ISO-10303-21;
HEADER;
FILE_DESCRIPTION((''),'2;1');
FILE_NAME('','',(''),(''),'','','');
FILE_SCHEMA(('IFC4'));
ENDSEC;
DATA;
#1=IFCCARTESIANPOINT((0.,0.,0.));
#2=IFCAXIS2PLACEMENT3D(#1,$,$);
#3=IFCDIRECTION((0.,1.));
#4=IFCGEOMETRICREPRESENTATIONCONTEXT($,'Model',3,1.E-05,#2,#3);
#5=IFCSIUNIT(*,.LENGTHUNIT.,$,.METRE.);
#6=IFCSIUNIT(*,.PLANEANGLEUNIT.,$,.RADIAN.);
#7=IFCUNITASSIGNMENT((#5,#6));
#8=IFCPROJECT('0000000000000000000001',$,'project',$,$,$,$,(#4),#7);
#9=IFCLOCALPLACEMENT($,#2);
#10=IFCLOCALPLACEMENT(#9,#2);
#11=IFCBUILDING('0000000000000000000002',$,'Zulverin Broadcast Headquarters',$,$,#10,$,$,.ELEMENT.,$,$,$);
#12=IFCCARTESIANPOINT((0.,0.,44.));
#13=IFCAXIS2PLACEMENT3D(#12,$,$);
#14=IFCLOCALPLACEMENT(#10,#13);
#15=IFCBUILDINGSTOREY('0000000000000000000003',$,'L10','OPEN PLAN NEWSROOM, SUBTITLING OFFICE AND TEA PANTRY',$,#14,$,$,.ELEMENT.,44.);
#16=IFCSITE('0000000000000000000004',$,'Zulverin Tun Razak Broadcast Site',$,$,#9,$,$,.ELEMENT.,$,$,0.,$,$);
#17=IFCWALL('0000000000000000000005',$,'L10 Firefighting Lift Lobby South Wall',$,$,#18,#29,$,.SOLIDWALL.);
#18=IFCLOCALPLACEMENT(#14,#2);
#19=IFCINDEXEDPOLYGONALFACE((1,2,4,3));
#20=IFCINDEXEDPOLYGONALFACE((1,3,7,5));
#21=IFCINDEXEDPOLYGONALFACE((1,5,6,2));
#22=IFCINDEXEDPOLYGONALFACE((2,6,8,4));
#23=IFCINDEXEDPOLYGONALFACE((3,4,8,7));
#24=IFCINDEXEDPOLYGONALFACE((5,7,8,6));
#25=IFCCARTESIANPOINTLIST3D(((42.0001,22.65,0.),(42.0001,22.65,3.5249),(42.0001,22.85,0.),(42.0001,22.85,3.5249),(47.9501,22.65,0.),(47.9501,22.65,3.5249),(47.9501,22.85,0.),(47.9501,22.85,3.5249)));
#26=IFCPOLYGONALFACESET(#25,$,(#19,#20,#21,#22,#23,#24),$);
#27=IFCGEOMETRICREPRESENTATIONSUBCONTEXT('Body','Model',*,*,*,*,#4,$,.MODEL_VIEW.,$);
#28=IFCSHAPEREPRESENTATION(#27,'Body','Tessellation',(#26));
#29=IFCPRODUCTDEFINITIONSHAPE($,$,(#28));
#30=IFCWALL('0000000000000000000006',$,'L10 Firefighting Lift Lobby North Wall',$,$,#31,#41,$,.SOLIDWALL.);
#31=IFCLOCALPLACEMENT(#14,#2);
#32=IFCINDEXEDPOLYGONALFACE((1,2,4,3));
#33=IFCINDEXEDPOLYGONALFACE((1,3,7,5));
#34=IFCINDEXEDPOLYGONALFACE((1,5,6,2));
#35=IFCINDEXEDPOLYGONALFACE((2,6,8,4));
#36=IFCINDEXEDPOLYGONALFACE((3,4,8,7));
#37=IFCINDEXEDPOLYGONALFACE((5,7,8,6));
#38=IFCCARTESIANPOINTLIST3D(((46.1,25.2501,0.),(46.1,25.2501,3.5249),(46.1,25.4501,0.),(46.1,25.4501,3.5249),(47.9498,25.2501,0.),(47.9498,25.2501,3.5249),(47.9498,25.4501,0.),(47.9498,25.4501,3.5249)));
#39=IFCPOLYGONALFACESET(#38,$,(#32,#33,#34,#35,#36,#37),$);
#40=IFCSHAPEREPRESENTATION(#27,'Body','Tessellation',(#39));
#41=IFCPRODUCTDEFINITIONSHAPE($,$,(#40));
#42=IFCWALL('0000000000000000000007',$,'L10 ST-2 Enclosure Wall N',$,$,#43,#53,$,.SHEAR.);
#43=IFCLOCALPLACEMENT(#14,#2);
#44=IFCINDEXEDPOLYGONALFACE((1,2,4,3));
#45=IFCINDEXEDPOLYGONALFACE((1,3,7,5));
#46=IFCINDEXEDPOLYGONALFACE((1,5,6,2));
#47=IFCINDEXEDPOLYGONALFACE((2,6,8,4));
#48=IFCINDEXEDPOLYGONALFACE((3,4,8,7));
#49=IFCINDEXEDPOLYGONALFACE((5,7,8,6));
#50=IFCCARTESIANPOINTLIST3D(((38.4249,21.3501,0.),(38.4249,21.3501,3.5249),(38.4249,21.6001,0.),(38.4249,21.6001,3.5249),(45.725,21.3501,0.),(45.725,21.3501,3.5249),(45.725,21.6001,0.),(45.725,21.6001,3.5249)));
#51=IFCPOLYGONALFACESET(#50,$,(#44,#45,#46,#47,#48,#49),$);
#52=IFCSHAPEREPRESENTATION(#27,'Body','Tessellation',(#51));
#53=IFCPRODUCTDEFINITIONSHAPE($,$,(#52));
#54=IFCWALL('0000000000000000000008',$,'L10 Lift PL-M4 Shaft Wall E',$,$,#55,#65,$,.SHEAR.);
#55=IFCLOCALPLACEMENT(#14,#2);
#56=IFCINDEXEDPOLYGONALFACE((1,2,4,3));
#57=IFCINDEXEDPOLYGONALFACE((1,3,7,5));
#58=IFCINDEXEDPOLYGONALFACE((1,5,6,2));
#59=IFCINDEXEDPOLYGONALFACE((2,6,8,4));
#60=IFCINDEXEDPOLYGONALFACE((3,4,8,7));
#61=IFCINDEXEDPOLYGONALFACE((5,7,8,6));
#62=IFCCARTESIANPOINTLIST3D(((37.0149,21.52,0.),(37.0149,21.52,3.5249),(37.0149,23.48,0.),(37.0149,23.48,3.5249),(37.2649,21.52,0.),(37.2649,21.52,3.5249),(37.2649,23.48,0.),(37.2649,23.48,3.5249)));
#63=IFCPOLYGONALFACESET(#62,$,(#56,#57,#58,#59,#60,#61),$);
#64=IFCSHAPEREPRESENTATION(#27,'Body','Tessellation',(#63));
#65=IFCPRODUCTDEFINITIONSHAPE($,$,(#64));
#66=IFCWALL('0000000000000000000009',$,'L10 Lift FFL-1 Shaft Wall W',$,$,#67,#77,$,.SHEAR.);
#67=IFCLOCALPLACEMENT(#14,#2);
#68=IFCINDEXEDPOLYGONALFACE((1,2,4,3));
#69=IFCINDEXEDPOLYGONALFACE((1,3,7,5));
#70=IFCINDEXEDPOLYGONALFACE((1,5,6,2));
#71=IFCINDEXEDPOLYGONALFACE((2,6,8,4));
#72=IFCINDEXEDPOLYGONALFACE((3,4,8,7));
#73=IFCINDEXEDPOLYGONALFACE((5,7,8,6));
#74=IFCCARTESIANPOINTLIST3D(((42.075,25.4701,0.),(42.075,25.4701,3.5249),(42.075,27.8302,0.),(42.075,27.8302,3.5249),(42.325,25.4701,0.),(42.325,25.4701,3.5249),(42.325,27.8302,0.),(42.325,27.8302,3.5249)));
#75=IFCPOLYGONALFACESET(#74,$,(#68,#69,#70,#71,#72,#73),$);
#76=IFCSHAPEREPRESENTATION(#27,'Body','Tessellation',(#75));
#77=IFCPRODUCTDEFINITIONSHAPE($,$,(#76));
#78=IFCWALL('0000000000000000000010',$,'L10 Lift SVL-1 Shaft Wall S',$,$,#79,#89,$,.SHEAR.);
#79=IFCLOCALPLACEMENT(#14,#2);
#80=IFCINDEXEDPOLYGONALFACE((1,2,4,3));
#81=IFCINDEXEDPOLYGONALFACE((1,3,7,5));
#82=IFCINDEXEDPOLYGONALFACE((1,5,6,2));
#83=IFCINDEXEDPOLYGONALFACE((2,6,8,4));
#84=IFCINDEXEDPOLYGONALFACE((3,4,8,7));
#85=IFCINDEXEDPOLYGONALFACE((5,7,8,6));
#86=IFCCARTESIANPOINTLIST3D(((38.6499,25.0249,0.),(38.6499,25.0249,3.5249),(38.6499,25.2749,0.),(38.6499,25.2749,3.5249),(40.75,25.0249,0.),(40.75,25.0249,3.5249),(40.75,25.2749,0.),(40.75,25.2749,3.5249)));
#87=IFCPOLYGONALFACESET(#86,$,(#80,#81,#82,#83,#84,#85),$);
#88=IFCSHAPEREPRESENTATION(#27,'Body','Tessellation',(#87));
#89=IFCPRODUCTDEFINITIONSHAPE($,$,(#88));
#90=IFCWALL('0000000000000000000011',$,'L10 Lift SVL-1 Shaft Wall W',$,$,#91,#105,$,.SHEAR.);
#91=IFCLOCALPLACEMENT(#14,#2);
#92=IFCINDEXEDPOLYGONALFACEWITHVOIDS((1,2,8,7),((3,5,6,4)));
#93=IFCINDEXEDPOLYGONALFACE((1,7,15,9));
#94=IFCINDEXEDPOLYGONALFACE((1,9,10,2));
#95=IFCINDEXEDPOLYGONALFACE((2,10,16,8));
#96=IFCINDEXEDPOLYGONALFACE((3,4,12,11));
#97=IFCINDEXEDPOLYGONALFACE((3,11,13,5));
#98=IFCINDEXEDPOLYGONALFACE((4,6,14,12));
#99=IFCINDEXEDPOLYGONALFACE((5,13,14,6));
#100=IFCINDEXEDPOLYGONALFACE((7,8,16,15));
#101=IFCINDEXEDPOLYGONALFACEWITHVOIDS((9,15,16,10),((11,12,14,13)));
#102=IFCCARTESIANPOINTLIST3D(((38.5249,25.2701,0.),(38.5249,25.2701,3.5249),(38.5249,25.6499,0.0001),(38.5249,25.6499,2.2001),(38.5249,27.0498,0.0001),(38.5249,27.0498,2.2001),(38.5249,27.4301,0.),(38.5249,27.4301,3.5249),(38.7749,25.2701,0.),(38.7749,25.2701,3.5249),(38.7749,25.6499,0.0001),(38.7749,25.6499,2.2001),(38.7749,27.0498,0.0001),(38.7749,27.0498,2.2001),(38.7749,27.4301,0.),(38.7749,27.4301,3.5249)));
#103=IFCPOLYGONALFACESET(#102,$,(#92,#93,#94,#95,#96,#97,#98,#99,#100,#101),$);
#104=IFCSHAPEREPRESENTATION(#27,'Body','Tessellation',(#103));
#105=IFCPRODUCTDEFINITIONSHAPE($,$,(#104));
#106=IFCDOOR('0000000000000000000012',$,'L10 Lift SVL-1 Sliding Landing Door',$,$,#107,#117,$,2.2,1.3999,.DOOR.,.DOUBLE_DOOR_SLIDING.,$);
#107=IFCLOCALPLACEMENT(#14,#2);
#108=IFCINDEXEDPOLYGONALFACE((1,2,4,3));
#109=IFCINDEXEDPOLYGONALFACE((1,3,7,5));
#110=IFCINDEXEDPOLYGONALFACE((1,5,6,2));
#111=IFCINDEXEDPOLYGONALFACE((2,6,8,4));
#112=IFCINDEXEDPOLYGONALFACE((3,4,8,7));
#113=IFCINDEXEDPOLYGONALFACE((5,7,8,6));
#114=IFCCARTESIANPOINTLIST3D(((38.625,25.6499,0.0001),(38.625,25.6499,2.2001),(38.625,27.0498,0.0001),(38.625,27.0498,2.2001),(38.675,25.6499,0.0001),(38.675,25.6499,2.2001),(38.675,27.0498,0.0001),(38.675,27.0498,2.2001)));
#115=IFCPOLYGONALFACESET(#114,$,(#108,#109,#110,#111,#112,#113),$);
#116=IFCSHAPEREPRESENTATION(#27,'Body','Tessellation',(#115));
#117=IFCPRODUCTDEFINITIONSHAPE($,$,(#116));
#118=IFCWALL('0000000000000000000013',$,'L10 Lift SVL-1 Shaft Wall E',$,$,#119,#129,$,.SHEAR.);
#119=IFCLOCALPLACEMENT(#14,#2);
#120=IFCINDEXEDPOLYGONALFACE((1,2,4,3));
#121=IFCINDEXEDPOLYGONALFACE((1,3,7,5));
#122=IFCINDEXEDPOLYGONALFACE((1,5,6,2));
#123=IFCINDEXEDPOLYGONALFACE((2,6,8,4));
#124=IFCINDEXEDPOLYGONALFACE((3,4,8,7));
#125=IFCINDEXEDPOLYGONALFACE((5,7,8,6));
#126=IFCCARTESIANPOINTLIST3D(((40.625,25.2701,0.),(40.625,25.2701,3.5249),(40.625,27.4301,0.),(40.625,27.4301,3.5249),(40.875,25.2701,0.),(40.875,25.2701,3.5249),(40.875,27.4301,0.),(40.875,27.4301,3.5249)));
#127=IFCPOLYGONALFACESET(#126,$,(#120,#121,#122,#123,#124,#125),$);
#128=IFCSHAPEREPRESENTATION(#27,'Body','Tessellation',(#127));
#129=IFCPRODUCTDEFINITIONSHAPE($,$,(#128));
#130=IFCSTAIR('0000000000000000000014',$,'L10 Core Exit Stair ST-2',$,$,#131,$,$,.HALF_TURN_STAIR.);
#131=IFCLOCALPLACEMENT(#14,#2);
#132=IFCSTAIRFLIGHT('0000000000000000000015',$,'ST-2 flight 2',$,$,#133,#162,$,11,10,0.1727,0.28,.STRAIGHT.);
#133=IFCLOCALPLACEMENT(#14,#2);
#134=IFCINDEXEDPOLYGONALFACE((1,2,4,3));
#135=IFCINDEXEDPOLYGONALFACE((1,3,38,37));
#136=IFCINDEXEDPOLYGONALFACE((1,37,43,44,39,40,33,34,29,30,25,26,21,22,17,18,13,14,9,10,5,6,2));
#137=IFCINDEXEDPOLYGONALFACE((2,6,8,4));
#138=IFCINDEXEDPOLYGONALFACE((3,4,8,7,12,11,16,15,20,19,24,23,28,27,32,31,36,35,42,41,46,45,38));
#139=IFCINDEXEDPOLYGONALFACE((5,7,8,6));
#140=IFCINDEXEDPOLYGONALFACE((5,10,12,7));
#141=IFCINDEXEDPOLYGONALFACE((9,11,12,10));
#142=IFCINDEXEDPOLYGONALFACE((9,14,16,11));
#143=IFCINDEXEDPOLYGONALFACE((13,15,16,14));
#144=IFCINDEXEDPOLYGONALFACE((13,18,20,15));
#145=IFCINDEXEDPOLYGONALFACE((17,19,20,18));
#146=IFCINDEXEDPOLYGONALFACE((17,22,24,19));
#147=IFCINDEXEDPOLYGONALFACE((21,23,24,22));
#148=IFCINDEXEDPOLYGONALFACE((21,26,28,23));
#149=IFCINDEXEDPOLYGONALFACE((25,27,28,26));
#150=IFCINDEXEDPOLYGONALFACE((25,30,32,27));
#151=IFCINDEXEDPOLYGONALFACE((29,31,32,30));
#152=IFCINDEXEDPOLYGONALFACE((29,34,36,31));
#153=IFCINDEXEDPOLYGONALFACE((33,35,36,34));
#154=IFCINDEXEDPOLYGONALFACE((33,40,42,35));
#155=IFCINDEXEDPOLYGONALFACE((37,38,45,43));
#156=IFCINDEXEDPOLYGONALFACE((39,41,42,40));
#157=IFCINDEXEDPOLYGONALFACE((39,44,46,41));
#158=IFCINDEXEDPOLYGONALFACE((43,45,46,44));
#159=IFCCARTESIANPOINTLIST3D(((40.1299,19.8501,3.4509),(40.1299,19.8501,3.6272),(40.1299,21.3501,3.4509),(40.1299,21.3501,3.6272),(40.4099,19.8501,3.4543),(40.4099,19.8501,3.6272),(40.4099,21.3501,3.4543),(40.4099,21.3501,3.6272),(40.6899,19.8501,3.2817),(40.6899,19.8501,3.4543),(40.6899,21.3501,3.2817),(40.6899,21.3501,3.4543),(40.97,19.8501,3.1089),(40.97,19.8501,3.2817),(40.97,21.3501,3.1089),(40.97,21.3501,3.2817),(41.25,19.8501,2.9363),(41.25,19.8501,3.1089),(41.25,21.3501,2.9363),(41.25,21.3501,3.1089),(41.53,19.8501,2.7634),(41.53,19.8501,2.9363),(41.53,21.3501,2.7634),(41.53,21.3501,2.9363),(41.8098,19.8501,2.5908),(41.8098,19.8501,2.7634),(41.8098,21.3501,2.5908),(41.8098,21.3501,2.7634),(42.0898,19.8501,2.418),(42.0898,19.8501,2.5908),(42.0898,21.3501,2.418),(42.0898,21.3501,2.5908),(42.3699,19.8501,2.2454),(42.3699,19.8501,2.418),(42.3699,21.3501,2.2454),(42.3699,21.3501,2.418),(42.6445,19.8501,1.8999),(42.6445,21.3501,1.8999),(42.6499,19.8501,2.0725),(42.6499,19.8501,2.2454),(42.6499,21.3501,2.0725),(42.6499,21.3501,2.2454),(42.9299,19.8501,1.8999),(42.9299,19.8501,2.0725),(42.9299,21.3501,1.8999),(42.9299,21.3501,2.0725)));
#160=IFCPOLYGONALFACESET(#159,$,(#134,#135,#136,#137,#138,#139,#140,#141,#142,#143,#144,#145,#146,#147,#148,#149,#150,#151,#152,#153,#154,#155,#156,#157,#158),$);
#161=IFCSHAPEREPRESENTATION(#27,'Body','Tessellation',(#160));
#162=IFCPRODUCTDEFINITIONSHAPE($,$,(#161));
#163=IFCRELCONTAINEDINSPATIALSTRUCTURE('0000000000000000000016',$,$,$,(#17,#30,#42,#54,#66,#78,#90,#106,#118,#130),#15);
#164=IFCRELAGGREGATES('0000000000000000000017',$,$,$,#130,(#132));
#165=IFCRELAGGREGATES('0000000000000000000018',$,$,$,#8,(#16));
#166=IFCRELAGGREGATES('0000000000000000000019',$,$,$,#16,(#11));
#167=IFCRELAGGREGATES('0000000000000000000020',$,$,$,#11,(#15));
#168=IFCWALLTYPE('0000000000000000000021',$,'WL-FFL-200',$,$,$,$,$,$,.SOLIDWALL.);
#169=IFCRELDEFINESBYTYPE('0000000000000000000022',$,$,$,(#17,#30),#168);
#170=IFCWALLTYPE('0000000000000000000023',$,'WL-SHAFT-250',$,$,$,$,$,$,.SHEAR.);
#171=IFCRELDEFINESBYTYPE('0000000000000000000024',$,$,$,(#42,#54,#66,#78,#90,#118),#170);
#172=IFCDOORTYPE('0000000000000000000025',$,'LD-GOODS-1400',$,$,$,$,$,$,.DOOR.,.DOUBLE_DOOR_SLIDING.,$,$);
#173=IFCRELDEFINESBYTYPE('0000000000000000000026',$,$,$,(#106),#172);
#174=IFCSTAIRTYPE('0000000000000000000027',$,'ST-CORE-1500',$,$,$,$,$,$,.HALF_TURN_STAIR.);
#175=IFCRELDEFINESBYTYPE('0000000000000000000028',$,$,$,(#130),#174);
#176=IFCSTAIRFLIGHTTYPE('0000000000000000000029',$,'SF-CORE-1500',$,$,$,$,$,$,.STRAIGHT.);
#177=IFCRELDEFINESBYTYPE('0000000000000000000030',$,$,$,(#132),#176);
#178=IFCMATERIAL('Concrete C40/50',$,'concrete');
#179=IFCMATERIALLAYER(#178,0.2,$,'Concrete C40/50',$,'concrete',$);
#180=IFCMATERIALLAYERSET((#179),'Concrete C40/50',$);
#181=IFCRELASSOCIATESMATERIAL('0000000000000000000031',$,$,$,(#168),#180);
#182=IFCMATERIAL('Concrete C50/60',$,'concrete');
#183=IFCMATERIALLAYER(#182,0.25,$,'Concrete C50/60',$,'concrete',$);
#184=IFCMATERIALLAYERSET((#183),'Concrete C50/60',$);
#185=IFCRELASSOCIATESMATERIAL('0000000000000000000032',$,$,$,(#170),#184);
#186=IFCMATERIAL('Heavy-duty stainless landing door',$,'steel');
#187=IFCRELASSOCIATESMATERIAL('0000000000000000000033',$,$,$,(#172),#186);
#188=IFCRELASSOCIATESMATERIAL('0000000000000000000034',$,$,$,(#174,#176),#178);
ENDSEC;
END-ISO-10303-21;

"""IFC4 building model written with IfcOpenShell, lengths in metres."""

from ifc_helpers import new_model, si_unit, direction, frame, frame_2d, origin, place, context, subcontext, project, spatial, polyline, rectangle, outline, extrude, material, layer, layer_set, type_object, element, fill, aggregate, save


model = new_model("IFC4")

# Units and contexts
model_context = context("Model", 3, precision=1e-05, world=origin(), true_north=direction((0.0, 1.0)))
body_context = subcontext(model_context, "Body", "Model", "MODEL_VIEW")
ifc_project = project(units=[si_unit("LENGTHUNIT", "METRE"), si_unit("PLANEANGLEUNIT", "RADIAN")], contexts=[model_context])

# Site, building, storey
site_placement = place(None, origin())
site = spatial("IfcSite", under=ifc_project, at=site_placement, Name="Zulverin Tun Razak Broadcast Site", CompositionType="ELEMENT", RefElevation=0.0)
building_placement = place(site_placement, origin())
building = spatial("IfcBuilding", under=site, at=building_placement, Name="Zulverin Broadcast Headquarters", CompositionType="ELEMENT")
storey_placement = place(building_placement, frame((0.0, 0.0, 44.0)))
storey = spatial("IfcBuildingStorey", under=building, at=storey_placement, Name="L10", Description="OPEN PLAN NEWSROOM, SUBTITLING OFFICE AND TEA PANTRY", CompositionType="ELEMENT", Elevation=44.0)

# Shared definitions
ifc_material_1 = material(Name="Concrete C40/50", Category="concrete")
ifc_layer_1 = layer(ifc_material_1, 0.2, Name="Concrete C40/50", Category="concrete")
ifc_layer_set_1 = layer_set([ifc_layer_1], Name="Concrete C40/50")
wall_type_1 = type_object("IfcWallType", Name="WL-FFL-200", PredefinedType="SOLIDWALL", material=ifc_layer_set_1)

# Walls
wall_1_placement = place(storey_placement, frame((42.0, 22.75, 0.0), z_axis=(0.0, 0.0, 1.0), x_axis=(1.0, 0.0, 0.0)))
element("IfcWall", 1, at=wall_1_placement, inside=storey, type_object=wall_type_1, Name="L10 Firefighting Lift Lobby South Wall", PredefinedType="SOLIDWALL", context=body_context, shape_type="SweptSolid", body=[
    extrude(rectangle(XDim=5.95, YDim=0.2, at=frame_2d((2.9751, 0.0))), origin(), (0.0, 0.0, 1.0), 3.5249),
])
wall_2_placement = place(storey_placement, frame((46.1001, 25.3501, 0.0), z_axis=(0.0, 0.0, 1.0), x_axis=(1.0, 0.0, 0.0)))
element("IfcWall", 2, at=wall_2_placement, inside=storey, type_object=wall_type_1, Name="L10 Firefighting Lift Lobby North Wall", PredefinedType="SOLIDWALL", context=body_context, shape_type="SweptSolid", body=[
    extrude(rectangle(XDim=1.8499, YDim=0.2, at=frame_2d((0.9248, 0.0))), origin(), (0.0, 0.0, 1.0), 3.5249),
])
ifc_material_2 = material(Name="Concrete C50/60", Category="concrete")
ifc_layer_2 = layer(ifc_material_2, 0.25, Name="Concrete C50/60", Category="concrete")
ifc_layer_set_2 = layer_set([ifc_layer_2], Name="Concrete C50/60")
wall_type_2 = type_object("IfcWallType", Name="WL-SHAFT-250", PredefinedType="SHEAR", material=ifc_layer_set_2)
wall_3_placement = place(storey_placement, frame((38.425, 21.4751, 0.0), z_axis=(0.0, 0.0, 1.0), x_axis=(1.0, 0.0, 0.0)))
element("IfcWall", 3, at=wall_3_placement, inside=storey, type_object=wall_type_2, Name="L10 ST-2 Enclosure Wall N", PredefinedType="SHEAR", context=body_context, shape_type="SweptSolid", body=[
    extrude(rectangle(XDim=7.3, YDim=0.25, at=frame_2d((3.6499, 0.0))), origin(), (0.0, 0.0, 1.0), 3.5249),
])
wall_4_placement = place(storey_placement, frame((37.1399, 21.52, 0.0), z_axis=(0.0, 0.0, 1.0), x_axis=(0.0, 1.0, 0.0)))
element("IfcWall", 4, at=wall_4_placement, inside=storey, type_object=wall_type_2, Name="L10 Lift PL-M4 Shaft Wall E", PredefinedType="SHEAR", context=body_context, shape_type="SweptSolid", body=[
    extrude(rectangle(XDim=1.96, YDim=0.25, at=frame_2d((0.98, 0.0))), origin(), (0.0, 0.0, 1.0), 3.5249),
])

# Wall
wall_5_placement = place(storey_placement, frame((42.2, 25.47, 0.0), z_axis=(0.0, 0.0, 1.0), x_axis=(0.0, 1.0, 0.0)))
element("IfcWall", 5, at=wall_5_placement, inside=storey, type_object=wall_type_2, Name="L10 Lift FFL-1 Shaft Wall W", PredefinedType="SHEAR", context=body_context, shape_type="SweptSolid", body=[
    extrude(rectangle(XDim=2.3601, YDim=0.25, at=frame_2d((1.1802, 0.0))), origin(), (0.0, 0.0, 1.0), 3.5249),
])

# Wall
wall_6_placement = place(storey_placement, frame((38.6499, 25.1499, 0.0), z_axis=(0.0, 0.0, 1.0), x_axis=(1.0, 0.0, 0.0)))
element("IfcWall", 6, at=wall_6_placement, inside=storey, type_object=wall_type_2, Name="L10 Lift SVL-1 Shaft Wall S", PredefinedType="SHEAR", context=body_context, shape_type="SweptSolid", body=[
    extrude(rectangle(XDim=2.1001, YDim=0.25, at=frame_2d((1.05, 0.0))), origin(), (0.0, 0.0, 1.0), 3.5249),
])

# Wall, opening, door
wall_7_placement = place(storey_placement, frame((38.6499, 25.27, 0.0), z_axis=(0.0, 0.0, 1.0), x_axis=(0.0, 1.0, 0.0)))
wall_7 = element("IfcWall", 7, at=wall_7_placement, inside=storey, type_object=wall_type_2, Name="L10 Lift SVL-1 Shaft Wall W", PredefinedType="SHEAR", context=body_context, shape_type="SweptSolid", body=[
    extrude(rectangle(XDim=2.1599, YDim=0.25, at=frame_2d((1.0801, 0.0))), origin(), (0.0, 0.0, 1.0), 3.5249),
])
opening_1_placement = place(wall_7_placement, frame((0.3799, 0.0, 0.0)))
opening_1 = element("IfcOpeningElement", 8, at=opening_1_placement, cuts=wall_7, PredefinedType="OPENING", context=body_context, shape_type="SweptSolid", body=[
    extrude(rectangle(XDim=1.3999, YDim=2.2, at=frame_2d((0.7, 1.1001))), frame((0.0, 0.135, 0.0), z_axis=(0.0, -1.0, 0.0), x_axis=(1.0, 0.0, 0.0)), (0.0, 0.0, 1.0), 0.27),
])
ifc_material_3 = material(Name="Heavy-duty stainless landing door", Category="steel")
door_type_1 = type_object("IfcDoorType", Name="LD-GOODS-1400", OperationType="DOUBLE_DOOR_SLIDING", PredefinedType="DOOR", material=ifc_material_3)
door_1_placement = place(opening_1_placement, origin())
door_1 = element("IfcDoor", 9, at=door_1_placement, inside=storey, type_object=door_type_1, Name="L10 Lift SVL-1 Sliding Landing Door", OperationType="DOUBLE_DOOR_SLIDING", OverallHeight=2.2, OverallWidth=1.3999, PredefinedType="DOOR", context=body_context, shape_type="SweptSolid", body=[
    extrude(rectangle(XDim=1.3999, YDim=2.2, at=frame_2d((0.7, 1.1001))), frame((0.0, 0.0249, 0.0), z_axis=(0.0, -1.0, 0.0), x_axis=(1.0, 0.0, 0.0)), (0.0, 0.0, 1.0), 0.05),
])
fill(opening_1, door_1)

# Wall
wall_8_placement = place(storey_placement, frame((40.75, 25.27, 0.0), z_axis=(0.0, 0.0, 1.0), x_axis=(0.0, 1.0, 0.0)))
element("IfcWall", 10, at=wall_8_placement, inside=storey, type_object=wall_type_2, Name="L10 Lift SVL-1 Shaft Wall E", PredefinedType="SHEAR", context=body_context, shape_type="SweptSolid", body=[
    extrude(rectangle(XDim=2.1599, YDim=0.25, at=frame_2d((1.0801, 0.0))), origin(), (0.0, 0.0, 1.0), 3.5249),
])

# Stair, stair flight
stair_type = type_object("IfcStairType", Name="ST-CORE-1500", PredefinedType="HALF_TURN_STAIR", material=ifc_material_1)
stair_placement = place(storey_placement, origin())
stair = element("IfcStair", 11, at=stair_placement, inside=storey, type_object=stair_type, Name="L10 Core Exit Stair ST-2", PredefinedType="HALF_TURN_STAIR")
stair_flight_type = type_object("IfcStairFlightType", Name="SF-CORE-1500", PredefinedType="STRAIGHT", material=ifc_material_1)
stair_flight_placement = place(storey_placement, frame((42.9299, 20.6001, 1.8999), z_axis=(0.0, 0.0, 1.0), x_axis=(-1.0, 0.0, 0.0)))
stair_flight = element("IfcStairFlight", 12, at=stair_flight_placement, type_object=stair_flight_type, Name="ST-2 flight 2", NumberOfRisers=11, NumberOfTreads=10, PredefinedType="STRAIGHT", RiserHeight=0.1727, TreadLength=0.28, context=body_context, shape_type="SweptSolid", body=[
    extrude(outline(polyline([(0.0, 0.0), (0.0, 0.1726), (0.28, 0.1726), (0.28, 0.3455), (0.5601, 0.3455), (0.5601, 0.5181), (0.8401, 0.5181), (0.8401, 0.6909), (1.1201, 0.6909), (1.1201, 0.8635), (1.3999, 0.8635), (1.3999, 1.0364), (1.6799, 1.0364), (1.6799, 1.209), (1.96, 1.209), (1.96, 1.3818), (2.24, 1.3818), (2.24, 1.5544), (2.52, 1.5544), (2.52, 1.7273), (2.8, 1.7273), (2.8, 1.8999), (2.8, 1.551), (0.2854, 0.0), (0.0, 0.0)])), frame((0.0, 0.75, 0.0), z_axis=(0.0, -1.0, 0.0), x_axis=(1.0, 0.0, 0.0)), (0.0, 0.0, 1.0), 1.5),
])
aggregate(stair, [stair_flight])

save(model, "model.ifc")
